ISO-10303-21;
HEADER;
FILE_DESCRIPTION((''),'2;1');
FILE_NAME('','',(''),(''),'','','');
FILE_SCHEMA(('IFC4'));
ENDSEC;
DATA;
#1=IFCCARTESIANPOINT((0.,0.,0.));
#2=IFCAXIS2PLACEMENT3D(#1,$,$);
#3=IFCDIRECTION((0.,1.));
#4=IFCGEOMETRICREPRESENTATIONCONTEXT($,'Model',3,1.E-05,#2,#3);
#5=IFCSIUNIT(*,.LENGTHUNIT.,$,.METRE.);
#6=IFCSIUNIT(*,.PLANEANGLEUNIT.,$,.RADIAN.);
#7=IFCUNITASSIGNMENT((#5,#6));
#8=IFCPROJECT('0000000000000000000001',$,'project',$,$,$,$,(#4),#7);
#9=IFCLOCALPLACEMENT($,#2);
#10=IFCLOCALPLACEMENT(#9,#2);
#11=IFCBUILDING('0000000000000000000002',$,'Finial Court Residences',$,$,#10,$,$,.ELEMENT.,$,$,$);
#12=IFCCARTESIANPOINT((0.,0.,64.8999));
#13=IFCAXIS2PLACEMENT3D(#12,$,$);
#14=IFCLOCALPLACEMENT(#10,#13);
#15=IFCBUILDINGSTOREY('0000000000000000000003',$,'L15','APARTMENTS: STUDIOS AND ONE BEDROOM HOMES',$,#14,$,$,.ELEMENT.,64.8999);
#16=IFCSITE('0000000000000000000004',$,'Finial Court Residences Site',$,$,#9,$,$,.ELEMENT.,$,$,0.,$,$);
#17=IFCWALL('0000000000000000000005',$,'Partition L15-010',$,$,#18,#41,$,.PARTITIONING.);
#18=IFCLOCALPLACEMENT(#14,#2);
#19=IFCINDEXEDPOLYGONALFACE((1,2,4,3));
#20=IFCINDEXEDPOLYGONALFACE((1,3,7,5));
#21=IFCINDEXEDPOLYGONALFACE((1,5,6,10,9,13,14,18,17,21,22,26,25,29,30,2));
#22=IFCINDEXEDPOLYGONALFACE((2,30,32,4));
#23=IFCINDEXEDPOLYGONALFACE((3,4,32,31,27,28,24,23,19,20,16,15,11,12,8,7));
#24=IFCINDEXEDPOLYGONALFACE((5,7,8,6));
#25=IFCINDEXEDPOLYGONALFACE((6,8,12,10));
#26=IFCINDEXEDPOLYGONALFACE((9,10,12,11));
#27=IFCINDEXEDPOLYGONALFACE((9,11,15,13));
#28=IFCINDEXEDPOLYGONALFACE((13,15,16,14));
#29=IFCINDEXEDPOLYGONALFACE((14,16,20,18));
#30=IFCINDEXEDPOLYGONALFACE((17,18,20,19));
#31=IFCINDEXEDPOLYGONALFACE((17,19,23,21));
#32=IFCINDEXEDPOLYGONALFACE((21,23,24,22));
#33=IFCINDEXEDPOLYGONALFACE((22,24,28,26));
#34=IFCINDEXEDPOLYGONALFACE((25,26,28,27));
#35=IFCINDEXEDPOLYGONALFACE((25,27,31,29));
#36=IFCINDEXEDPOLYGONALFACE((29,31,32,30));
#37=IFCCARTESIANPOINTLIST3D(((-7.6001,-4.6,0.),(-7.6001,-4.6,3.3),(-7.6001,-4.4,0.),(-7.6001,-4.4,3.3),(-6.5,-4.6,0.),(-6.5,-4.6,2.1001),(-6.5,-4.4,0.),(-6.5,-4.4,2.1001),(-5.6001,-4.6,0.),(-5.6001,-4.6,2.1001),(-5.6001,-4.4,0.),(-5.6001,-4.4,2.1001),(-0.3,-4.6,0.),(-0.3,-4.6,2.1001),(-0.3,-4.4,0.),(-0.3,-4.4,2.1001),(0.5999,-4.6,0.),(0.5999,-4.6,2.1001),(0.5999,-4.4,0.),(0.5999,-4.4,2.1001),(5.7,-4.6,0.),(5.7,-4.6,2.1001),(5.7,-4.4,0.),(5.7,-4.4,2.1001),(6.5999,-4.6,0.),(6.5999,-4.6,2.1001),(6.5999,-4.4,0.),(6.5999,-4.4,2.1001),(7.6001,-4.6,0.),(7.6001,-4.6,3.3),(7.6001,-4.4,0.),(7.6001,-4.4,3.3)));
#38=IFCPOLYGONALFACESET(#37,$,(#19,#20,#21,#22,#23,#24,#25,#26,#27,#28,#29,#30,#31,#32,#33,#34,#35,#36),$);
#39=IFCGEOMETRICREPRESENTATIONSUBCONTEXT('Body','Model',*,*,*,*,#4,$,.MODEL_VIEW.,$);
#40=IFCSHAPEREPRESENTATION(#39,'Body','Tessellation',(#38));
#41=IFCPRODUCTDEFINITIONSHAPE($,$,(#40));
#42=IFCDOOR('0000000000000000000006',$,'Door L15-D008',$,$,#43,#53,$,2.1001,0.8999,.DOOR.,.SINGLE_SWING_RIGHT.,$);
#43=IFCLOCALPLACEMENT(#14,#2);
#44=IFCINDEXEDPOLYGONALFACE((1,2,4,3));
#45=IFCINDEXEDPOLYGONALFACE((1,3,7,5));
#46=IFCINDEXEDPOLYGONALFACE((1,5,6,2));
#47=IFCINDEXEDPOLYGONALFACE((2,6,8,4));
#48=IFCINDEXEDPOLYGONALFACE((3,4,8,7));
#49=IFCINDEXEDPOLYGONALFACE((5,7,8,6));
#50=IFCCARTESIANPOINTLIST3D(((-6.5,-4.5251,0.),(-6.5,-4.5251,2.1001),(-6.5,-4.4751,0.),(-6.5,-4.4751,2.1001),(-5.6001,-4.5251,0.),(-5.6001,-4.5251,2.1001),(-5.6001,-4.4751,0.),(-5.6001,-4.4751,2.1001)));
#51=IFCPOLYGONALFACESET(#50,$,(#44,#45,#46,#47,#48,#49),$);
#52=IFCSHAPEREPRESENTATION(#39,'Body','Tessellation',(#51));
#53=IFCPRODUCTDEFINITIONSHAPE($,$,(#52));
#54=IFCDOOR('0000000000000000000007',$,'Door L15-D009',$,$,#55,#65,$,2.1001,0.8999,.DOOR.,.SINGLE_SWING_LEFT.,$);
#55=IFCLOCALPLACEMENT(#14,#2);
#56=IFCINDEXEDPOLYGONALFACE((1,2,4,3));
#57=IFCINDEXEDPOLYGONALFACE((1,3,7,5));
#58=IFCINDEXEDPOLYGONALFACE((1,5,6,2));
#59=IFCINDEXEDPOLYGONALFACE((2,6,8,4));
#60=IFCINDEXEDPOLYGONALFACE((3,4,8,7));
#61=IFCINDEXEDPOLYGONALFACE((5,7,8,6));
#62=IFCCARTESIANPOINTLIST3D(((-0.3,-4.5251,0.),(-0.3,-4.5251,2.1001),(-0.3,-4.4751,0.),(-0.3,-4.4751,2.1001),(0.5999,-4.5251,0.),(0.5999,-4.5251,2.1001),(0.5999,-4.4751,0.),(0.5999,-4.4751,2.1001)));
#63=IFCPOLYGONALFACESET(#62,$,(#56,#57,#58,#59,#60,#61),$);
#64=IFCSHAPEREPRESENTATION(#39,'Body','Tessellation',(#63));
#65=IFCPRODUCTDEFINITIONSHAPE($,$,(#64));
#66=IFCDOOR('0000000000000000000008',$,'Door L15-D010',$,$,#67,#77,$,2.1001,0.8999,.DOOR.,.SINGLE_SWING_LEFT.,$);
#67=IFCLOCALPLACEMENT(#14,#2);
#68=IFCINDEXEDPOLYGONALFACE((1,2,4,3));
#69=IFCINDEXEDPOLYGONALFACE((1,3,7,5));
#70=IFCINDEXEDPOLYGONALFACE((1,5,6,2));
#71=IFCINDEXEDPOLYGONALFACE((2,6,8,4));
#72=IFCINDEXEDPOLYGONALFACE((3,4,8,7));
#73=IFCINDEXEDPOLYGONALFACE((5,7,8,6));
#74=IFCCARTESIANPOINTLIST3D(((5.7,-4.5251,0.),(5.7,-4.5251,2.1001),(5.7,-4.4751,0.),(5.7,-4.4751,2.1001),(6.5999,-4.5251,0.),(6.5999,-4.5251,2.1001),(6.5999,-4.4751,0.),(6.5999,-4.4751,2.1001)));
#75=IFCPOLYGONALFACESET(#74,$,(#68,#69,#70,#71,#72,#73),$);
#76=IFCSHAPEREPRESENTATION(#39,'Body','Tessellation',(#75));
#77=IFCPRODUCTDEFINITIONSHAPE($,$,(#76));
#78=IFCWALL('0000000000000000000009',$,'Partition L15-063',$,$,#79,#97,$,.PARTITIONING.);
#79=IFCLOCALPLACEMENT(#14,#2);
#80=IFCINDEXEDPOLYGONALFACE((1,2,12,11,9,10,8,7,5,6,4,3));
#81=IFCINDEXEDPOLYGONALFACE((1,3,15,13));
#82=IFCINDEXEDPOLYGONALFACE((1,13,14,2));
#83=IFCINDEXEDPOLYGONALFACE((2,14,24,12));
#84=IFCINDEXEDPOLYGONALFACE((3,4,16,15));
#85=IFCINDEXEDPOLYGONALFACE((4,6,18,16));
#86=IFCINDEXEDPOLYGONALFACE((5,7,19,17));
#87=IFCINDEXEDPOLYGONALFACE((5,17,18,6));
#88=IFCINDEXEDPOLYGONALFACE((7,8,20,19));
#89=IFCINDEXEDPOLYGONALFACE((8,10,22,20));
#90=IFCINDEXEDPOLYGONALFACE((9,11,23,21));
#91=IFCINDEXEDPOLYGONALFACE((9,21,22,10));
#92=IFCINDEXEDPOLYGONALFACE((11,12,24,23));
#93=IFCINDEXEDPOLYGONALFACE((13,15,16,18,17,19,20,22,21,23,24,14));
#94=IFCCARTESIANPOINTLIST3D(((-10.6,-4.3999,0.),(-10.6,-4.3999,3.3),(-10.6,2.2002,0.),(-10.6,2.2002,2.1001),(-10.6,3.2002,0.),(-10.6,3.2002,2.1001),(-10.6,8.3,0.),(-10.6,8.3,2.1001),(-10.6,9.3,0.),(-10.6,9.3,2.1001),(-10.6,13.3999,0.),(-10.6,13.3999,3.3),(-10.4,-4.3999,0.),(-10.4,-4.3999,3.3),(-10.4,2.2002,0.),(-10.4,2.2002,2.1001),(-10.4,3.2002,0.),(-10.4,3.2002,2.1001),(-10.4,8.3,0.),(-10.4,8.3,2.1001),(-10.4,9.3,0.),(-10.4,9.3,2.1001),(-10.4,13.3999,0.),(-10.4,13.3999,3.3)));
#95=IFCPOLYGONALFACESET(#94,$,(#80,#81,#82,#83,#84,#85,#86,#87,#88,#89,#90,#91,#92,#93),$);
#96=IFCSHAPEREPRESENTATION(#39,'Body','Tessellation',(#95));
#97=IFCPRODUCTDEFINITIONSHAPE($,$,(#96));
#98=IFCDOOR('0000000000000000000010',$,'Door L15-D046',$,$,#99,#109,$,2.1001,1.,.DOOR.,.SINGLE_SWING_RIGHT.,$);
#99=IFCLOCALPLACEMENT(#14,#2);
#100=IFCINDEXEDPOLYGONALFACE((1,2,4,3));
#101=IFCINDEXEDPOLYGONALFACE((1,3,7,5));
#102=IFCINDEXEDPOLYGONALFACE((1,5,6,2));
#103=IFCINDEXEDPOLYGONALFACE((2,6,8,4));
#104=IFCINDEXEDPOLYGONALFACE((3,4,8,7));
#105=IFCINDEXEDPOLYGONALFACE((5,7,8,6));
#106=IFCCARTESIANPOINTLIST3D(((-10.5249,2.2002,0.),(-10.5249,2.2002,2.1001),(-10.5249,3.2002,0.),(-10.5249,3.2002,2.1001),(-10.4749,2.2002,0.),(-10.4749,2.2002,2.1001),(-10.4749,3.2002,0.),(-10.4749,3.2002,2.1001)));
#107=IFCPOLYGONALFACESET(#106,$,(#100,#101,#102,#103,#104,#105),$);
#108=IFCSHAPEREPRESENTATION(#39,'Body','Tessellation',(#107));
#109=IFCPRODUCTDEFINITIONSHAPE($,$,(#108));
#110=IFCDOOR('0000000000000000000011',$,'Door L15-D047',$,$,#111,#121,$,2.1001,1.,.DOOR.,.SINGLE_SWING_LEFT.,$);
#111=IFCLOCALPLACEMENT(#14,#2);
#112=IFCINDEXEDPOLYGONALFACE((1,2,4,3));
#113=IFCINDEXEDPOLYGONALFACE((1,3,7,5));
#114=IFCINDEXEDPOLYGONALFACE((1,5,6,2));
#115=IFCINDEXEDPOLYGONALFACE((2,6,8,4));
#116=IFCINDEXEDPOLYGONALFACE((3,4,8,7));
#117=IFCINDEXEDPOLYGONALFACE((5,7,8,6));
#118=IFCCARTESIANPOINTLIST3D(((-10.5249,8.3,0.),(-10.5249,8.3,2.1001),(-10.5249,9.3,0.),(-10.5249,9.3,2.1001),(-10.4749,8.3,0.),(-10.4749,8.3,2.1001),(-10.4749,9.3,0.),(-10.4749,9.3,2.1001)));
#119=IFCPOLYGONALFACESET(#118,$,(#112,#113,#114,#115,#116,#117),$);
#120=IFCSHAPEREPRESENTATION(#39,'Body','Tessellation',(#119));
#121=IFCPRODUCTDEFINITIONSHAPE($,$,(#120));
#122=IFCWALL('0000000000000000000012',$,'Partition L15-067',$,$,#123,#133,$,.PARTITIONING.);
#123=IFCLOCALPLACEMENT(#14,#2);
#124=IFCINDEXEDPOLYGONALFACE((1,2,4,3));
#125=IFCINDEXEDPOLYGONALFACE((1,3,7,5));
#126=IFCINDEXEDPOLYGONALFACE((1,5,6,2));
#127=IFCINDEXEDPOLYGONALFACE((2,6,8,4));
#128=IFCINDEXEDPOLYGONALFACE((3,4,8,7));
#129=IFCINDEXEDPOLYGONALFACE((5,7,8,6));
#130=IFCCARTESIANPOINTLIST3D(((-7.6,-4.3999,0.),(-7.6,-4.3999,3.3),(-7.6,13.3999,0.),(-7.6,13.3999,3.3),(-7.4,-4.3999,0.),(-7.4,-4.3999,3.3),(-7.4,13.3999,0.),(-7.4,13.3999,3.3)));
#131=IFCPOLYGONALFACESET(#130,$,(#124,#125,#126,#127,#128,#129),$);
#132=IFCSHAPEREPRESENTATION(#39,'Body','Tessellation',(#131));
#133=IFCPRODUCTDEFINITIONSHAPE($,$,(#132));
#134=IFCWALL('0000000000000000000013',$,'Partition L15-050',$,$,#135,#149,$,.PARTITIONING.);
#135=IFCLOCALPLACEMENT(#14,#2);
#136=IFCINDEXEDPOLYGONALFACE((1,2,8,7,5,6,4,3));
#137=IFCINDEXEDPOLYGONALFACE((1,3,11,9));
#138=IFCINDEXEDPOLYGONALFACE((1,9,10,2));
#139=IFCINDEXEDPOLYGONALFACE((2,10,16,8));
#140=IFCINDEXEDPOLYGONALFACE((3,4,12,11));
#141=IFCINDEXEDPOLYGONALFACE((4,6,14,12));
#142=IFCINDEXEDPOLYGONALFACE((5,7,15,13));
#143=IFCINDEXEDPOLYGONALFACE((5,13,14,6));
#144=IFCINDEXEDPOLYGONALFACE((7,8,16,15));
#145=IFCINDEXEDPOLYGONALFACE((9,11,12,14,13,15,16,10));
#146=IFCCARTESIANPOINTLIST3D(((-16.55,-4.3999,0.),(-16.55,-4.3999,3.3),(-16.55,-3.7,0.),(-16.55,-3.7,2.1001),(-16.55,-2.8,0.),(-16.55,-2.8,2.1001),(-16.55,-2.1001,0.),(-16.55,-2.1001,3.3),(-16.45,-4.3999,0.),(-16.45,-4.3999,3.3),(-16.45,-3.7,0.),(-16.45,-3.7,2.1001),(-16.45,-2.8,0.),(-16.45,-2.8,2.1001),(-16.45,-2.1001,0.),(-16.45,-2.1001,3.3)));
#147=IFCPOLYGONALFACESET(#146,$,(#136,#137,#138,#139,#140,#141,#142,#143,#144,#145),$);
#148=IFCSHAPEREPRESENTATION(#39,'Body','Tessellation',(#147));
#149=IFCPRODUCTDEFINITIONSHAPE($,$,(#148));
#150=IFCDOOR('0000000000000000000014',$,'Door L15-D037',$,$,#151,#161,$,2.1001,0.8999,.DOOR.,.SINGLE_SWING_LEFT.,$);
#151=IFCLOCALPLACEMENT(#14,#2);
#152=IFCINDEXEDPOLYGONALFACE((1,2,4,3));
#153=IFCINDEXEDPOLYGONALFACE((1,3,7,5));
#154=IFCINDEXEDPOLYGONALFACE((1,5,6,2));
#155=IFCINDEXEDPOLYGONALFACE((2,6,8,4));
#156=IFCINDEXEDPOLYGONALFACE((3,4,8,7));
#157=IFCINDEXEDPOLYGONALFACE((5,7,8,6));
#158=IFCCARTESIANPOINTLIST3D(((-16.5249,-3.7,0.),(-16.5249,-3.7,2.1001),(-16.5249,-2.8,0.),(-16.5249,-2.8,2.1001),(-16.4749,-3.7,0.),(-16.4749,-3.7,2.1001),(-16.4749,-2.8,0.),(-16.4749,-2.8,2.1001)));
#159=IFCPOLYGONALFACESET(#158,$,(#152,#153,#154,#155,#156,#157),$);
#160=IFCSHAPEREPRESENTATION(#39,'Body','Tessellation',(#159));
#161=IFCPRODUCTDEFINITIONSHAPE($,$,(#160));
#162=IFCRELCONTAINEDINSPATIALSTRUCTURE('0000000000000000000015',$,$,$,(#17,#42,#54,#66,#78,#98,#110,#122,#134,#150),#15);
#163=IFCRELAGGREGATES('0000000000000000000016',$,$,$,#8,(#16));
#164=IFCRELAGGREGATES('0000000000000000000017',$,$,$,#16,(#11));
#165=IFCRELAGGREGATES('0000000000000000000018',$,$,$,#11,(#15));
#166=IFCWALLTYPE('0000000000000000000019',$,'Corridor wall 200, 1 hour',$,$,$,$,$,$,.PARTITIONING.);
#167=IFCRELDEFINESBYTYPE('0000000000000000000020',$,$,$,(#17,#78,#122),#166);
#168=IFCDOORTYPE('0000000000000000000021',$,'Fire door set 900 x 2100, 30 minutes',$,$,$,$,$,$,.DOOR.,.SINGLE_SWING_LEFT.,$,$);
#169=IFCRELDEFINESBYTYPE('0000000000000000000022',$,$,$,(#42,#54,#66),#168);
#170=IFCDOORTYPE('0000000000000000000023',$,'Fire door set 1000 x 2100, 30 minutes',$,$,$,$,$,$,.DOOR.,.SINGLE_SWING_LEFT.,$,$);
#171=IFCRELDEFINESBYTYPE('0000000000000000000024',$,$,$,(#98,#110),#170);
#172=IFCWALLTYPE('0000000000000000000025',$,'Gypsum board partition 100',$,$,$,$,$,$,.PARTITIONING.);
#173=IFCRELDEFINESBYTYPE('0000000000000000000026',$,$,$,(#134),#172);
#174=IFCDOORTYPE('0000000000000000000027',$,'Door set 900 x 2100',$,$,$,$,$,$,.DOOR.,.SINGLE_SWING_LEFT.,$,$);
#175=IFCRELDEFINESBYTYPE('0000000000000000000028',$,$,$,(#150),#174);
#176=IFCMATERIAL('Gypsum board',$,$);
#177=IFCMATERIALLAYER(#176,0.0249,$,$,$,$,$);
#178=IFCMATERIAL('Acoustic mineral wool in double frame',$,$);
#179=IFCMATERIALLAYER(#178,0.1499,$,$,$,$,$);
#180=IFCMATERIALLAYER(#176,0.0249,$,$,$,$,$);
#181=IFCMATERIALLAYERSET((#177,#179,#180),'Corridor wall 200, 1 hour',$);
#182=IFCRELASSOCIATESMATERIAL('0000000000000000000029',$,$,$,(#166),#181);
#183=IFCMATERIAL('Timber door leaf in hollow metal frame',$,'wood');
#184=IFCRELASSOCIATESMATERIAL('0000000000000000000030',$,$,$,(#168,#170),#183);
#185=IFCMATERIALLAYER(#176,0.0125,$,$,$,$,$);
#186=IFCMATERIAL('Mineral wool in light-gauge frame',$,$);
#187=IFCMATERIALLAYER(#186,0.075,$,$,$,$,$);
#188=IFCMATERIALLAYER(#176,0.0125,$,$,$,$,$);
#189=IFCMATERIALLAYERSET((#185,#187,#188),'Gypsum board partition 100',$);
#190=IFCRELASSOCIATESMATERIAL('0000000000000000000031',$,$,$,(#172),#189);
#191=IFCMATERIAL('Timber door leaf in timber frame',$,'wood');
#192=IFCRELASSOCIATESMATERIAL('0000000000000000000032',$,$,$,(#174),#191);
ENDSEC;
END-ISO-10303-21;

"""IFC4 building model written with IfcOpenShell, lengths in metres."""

from ifc_helpers import new_model, si_unit, direction, frame, frame_2d, origin, place, context, subcontext, project, spatial, rectangle, extrude, material, layer, layer_set, type_object, element, fill, save


model = new_model("IFC4")

# Units and contexts
model_context = context("Model", 3, precision=1e-05, world=origin(), true_north=direction((0.0, 1.0)))
body_context = subcontext(model_context, "Body", "Model", "MODEL_VIEW")
ifc_project = project(units=[si_unit("LENGTHUNIT", "METRE"), si_unit("PLANEANGLEUNIT", "RADIAN")], contexts=[model_context])

# Site, building, storey
site_placement = place(None, origin())
site = spatial("IfcSite", under=ifc_project, at=site_placement, Name="Finial Court Residences Site", CompositionType="ELEMENT", RefElevation=0.0)
building_placement = place(site_placement, origin())
building = spatial("IfcBuilding", under=site, at=building_placement, Name="Finial Court Residences", CompositionType="ELEMENT")
storey_placement = place(building_placement, frame((0.0, 0.0, 64.8999)))
storey = spatial("IfcBuildingStorey", under=building, at=storey_placement, Name="L15", Description="APARTMENTS: STUDIOS AND ONE BEDROOM HOMES", CompositionType="ELEMENT", Elevation=64.8999)

# Walls, openings, doors
ifc_material_1 = material(Name="Gypsum board")
ifc_layer_1 = layer(ifc_material_1, 0.0249)
ifc_material_2 = material(Name="Acoustic mineral wool in double frame")
ifc_layer_2 = layer(ifc_material_2, 0.1499)
ifc_layer_3 = layer(ifc_material_1, 0.0249)
ifc_layer_set_1 = layer_set([ifc_layer_1, ifc_layer_2, ifc_layer_3], Name="Corridor wall 200, 1 hour")
wall_type_1 = type_object("IfcWallType", Name="Corridor wall 200, 1 hour", PredefinedType="PARTITIONING", material=ifc_layer_set_1)
wall_1_placement = place(storey_placement, frame((-7.6001, -4.5, 0.0), z_axis=(0.0, 0.0, 1.0), x_axis=(1.0, 0.0, 0.0)))
wall_1 = element("IfcWall", 1, at=wall_1_placement, inside=storey, type_object=wall_type_1, Name="Partition L15-010", PredefinedType="PARTITIONING", context=body_context, shape_type="SweptSolid", body=[
    extrude(rectangle(XDim=15.2002, YDim=0.2, at=frame_2d((7.6001, 0.0))), origin(), (0.0, 0.0, 1.0), 3.3),
])
opening_1_placement = place(wall_1_placement, frame((1.1001, 0.0, 0.0)))
opening_1 = element("IfcOpeningElement", 2, at=opening_1_placement, cuts=wall_1, PredefinedType="OPENING", context=body_context, shape_type="SweptSolid", body=[
    extrude(rectangle(XDim=0.8999, YDim=2.1001, at=frame_2d((0.45, 1.05))), frame((0.0, 0.1099, 0.0), z_axis=(0.0, -1.0, 0.0), x_axis=(1.0, 0.0, 0.0)), (0.0, 0.0, 1.0), 0.22),
])
opening_2_placement = place(wall_1_placement, frame((7.3, 0.0, 0.0)))
opening_2 = element("IfcOpeningElement", 3, at=opening_2_placement, cuts=wall_1, PredefinedType="OPENING", context=body_context, shape_type="SweptSolid", body=[
    extrude(rectangle(XDim=0.8999, YDim=2.1001, at=frame_2d((0.45, 1.05))), frame((0.0, 0.1099, 0.0), z_axis=(0.0, -1.0, 0.0), x_axis=(1.0, 0.0, 0.0)), (0.0, 0.0, 1.0), 0.22),
])
opening_3_placement = place(wall_1_placement, frame((13.3, 0.0, 0.0)))
opening_3 = element("IfcOpeningElement", 4, at=opening_3_placement, cuts=wall_1, PredefinedType="OPENING", context=body_context, shape_type="SweptSolid", body=[
    extrude(rectangle(XDim=0.8999, YDim=2.1001, at=frame_2d((0.45, 1.05))), frame((0.0, 0.1099, 0.0), z_axis=(0.0, -1.0, 0.0), x_axis=(1.0, 0.0, 0.0)), (0.0, 0.0, 1.0), 0.22),
])
ifc_material_3 = material(Name="Timber door leaf in hollow metal frame", Category="wood")
door_type_1 = type_object("IfcDoorType", Name="Fire door set 900 x 2100, 30 minutes", OperationType="SINGLE_SWING_LEFT", PredefinedType="DOOR", material=ifc_material_3)
door_1_placement = place(opening_1_placement, origin())
door_1 = element("IfcDoor", 5, at=door_1_placement, inside=storey, type_object=door_type_1, Name="Door L15-D008", OperationType="SINGLE_SWING_RIGHT", OverallHeight=2.1001, OverallWidth=0.8999, PredefinedType="DOOR", context=body_context, shape_type="SweptSolid", body=[
    extrude(rectangle(XDim=0.8999, YDim=2.1001, at=frame_2d((0.45, 1.05))), frame((0.0, 0.0249, 0.0), z_axis=(0.0, -1.0, 0.0), x_axis=(1.0, 0.0, 0.0)), (0.0, 0.0, 1.0), 0.05),
])
fill(opening_1, door_1)
door_2_placement = place(opening_2_placement, origin())
door_2 = element("IfcDoor", 6, at=door_2_placement, inside=storey, type_object=door_type_1, Name="Door L15-D009", OperationType="SINGLE_SWING_LEFT", OverallHeight=2.1001, OverallWidth=0.8999, PredefinedType="DOOR", context=body_context, shape_type="SweptSolid", body=[
    extrude(rectangle(XDim=0.8999, YDim=2.1001, at=frame_2d((0.45, 1.05))), frame((0.0, 0.0249, 0.0), z_axis=(0.0, -1.0, 0.0), x_axis=(1.0, 0.0, 0.0)), (0.0, 0.0, 1.0), 0.05),
])
fill(opening_2, door_2)
door_3_placement = place(opening_3_placement, origin())
door_3 = element("IfcDoor", 7, at=door_3_placement, inside=storey, type_object=door_type_1, Name="Door L15-D010", OperationType="SINGLE_SWING_LEFT", OverallHeight=2.1001, OverallWidth=0.8999, PredefinedType="DOOR", context=body_context, shape_type="SweptSolid", body=[
    extrude(rectangle(XDim=0.8999, YDim=2.1001, at=frame_2d((0.45, 1.05))), frame((0.0, 0.0249, 0.0), z_axis=(0.0, -1.0, 0.0), x_axis=(1.0, 0.0, 0.0)), (0.0, 0.0, 1.0), 0.05),
])
fill(opening_3, door_3)
wall_2_placement = place(storey_placement, frame((-10.5, -4.3999, 0.0), z_axis=(0.0, 0.0, 1.0), x_axis=(0.0, 1.0, 0.0)))
wall_2 = element("IfcWall", 8, at=wall_2_placement, inside=storey, type_object=wall_type_1, Name="Partition L15-063", PredefinedType="PARTITIONING", context=body_context, shape_type="SweptSolid", body=[
    extrude(rectangle(XDim=17.7998, YDim=0.2, at=frame_2d((8.8999, 0.0))), origin(), (0.0, 0.0, 1.0), 3.3),
])
opening_4_placement = place(wall_2_placement, frame((6.6001, 0.0, 0.0)))
opening_4 = element("IfcOpeningElement", 9, at=opening_4_placement, cuts=wall_2, PredefinedType="OPENING", context=body_context, shape_type="SweptSolid", body=[
    extrude(rectangle(XDim=1.0, YDim=2.1001, at=frame_2d((0.5, 1.05))), frame((0.0, 0.1099, 0.0), z_axis=(0.0, -1.0, 0.0), x_axis=(1.0, 0.0, 0.0)), (0.0, 0.0, 1.0), 0.22),
])
opening_5_placement = place(wall_2_placement, frame((12.7, 0.0, 0.0)))
opening_5 = element("IfcOpeningElement", 10, at=opening_5_placement, cuts=wall_2, PredefinedType="OPENING", context=body_context, shape_type="SweptSolid", body=[
    extrude(rectangle(XDim=1.0, YDim=2.1001, at=frame_2d((0.5, 1.05))), frame((0.0, 0.1099, 0.0), z_axis=(0.0, -1.0, 0.0), x_axis=(1.0, 0.0, 0.0)), (0.0, 0.0, 1.0), 0.22),
])
door_type_2 = type_object("IfcDoorType", Name="Fire door set 1000 x 2100, 30 minutes", OperationType="SINGLE_SWING_LEFT", PredefinedType="DOOR", material=ifc_material_3)
door_4_placement = place(opening_4_placement, origin())
door_4 = element("IfcDoor", 11, at=door_4_placement, inside=storey, type_object=door_type_2, Name="Door L15-D046", OperationType="SINGLE_SWING_RIGHT", OverallHeight=2.1001, OverallWidth=1.0, PredefinedType="DOOR", context=body_context, shape_type="SweptSolid", body=[
    extrude(rectangle(XDim=1.0, YDim=2.1001, at=frame_2d((0.5, 1.05))), frame((0.0, 0.0249, 0.0), z_axis=(0.0, -1.0, 0.0), x_axis=(1.0, 0.0, 0.0)), (0.0, 0.0, 1.0), 0.05),
])
fill(opening_4, door_4)
door_5_placement = place(opening_5_placement, origin())
door_5 = element("IfcDoor", 12, at=door_5_placement, inside=storey, type_object=door_type_2, Name="Door L15-D047", OperationType="SINGLE_SWING_LEFT", OverallHeight=2.1001, OverallWidth=1.0, PredefinedType="DOOR", context=body_context, shape_type="SweptSolid", body=[
    extrude(rectangle(XDim=1.0, YDim=2.1001, at=frame_2d((0.5, 1.05))), frame((0.0, 0.0249, 0.0), z_axis=(0.0, -1.0, 0.0), x_axis=(1.0, 0.0, 0.0)), (0.0, 0.0, 1.0), 0.05),
])
fill(opening_5, door_5)

# Wall
wall_3_placement = place(storey_placement, frame((-7.5, -4.3999, 0.0), z_axis=(0.0, 0.0, 1.0), x_axis=(0.0, 1.0, 0.0)))
element("IfcWall", 13, at=wall_3_placement, inside=storey, type_object=wall_type_1, Name="Partition L15-067", PredefinedType="PARTITIONING", context=body_context, shape_type="SweptSolid", body=[
    extrude(rectangle(XDim=17.7998, YDim=0.2, at=frame_2d((8.8999, 0.0))), origin(), (0.0, 0.0, 1.0), 3.3),
])

# Wall, opening, door
ifc_layer_4 = layer(ifc_material_1, 0.0125)
ifc_material_4 = material(Name="Mineral wool in light-gauge frame")
ifc_layer_5 = layer(ifc_material_4, 0.075)
ifc_layer_6 = layer(ifc_material_1, 0.0125)
ifc_layer_set_2 = layer_set([ifc_layer_4, ifc_layer_5, ifc_layer_6], Name="Gypsum board partition 100")
wall_type_2 = type_object("IfcWallType", Name="Gypsum board partition 100", PredefinedType="PARTITIONING", material=ifc_layer_set_2)
wall_4_placement = place(storey_placement, frame((-16.5, -4.3999, 0.0), z_axis=(0.0, 0.0, 1.0), x_axis=(0.0, 1.0, 0.0)))
wall_4 = element("IfcWall", 14, at=wall_4_placement, inside=storey, type_object=wall_type_2, Name="Partition L15-050", PredefinedType="PARTITIONING", context=body_context, shape_type="SweptSolid", body=[
    extrude(rectangle(XDim=2.2998, YDim=0.1001, at=frame_2d((1.1499, 0.0))), origin(), (0.0, 0.0, 1.0), 3.3),
])
opening_6_placement = place(wall_4_placement, frame((0.7, 0.0, 0.0)))
opening_6 = element("IfcOpeningElement", 15, at=opening_6_placement, cuts=wall_4, PredefinedType="OPENING", context=body_context, shape_type="SweptSolid", body=[
    extrude(rectangle(XDim=0.8999, YDim=2.1001, at=frame_2d((0.45, 1.05))), frame((0.0, 0.0601, 0.0), z_axis=(0.0, -1.0, 0.0), x_axis=(1.0, 0.0, 0.0)), (0.0, 0.0, 1.0), 0.1201),
])
ifc_material_5 = material(Name="Timber door leaf in timber frame", Category="wood")
door_type_3 = type_object("IfcDoorType", Name="Door set 900 x 2100", OperationType="SINGLE_SWING_LEFT", PredefinedType="DOOR", material=ifc_material_5)
door_6_placement = place(opening_6_placement, origin())
door_6 = element("IfcDoor", 16, at=door_6_placement, inside=storey, type_object=door_type_3, Name="Door L15-D037", OperationType="SINGLE_SWING_LEFT", OverallHeight=2.1001, OverallWidth=0.8999, PredefinedType="DOOR", context=body_context, shape_type="SweptSolid", body=[
    extrude(rectangle(XDim=0.8999, YDim=2.1001, at=frame_2d((0.45, 1.05))), frame((0.0, 0.0249, 0.0), z_axis=(0.0, -1.0, 0.0), x_axis=(1.0, 0.0, 0.0)), (0.0, 0.0, 1.0), 0.05),
])
fill(opening_6, door_6)

save(model, "model.ifc")
